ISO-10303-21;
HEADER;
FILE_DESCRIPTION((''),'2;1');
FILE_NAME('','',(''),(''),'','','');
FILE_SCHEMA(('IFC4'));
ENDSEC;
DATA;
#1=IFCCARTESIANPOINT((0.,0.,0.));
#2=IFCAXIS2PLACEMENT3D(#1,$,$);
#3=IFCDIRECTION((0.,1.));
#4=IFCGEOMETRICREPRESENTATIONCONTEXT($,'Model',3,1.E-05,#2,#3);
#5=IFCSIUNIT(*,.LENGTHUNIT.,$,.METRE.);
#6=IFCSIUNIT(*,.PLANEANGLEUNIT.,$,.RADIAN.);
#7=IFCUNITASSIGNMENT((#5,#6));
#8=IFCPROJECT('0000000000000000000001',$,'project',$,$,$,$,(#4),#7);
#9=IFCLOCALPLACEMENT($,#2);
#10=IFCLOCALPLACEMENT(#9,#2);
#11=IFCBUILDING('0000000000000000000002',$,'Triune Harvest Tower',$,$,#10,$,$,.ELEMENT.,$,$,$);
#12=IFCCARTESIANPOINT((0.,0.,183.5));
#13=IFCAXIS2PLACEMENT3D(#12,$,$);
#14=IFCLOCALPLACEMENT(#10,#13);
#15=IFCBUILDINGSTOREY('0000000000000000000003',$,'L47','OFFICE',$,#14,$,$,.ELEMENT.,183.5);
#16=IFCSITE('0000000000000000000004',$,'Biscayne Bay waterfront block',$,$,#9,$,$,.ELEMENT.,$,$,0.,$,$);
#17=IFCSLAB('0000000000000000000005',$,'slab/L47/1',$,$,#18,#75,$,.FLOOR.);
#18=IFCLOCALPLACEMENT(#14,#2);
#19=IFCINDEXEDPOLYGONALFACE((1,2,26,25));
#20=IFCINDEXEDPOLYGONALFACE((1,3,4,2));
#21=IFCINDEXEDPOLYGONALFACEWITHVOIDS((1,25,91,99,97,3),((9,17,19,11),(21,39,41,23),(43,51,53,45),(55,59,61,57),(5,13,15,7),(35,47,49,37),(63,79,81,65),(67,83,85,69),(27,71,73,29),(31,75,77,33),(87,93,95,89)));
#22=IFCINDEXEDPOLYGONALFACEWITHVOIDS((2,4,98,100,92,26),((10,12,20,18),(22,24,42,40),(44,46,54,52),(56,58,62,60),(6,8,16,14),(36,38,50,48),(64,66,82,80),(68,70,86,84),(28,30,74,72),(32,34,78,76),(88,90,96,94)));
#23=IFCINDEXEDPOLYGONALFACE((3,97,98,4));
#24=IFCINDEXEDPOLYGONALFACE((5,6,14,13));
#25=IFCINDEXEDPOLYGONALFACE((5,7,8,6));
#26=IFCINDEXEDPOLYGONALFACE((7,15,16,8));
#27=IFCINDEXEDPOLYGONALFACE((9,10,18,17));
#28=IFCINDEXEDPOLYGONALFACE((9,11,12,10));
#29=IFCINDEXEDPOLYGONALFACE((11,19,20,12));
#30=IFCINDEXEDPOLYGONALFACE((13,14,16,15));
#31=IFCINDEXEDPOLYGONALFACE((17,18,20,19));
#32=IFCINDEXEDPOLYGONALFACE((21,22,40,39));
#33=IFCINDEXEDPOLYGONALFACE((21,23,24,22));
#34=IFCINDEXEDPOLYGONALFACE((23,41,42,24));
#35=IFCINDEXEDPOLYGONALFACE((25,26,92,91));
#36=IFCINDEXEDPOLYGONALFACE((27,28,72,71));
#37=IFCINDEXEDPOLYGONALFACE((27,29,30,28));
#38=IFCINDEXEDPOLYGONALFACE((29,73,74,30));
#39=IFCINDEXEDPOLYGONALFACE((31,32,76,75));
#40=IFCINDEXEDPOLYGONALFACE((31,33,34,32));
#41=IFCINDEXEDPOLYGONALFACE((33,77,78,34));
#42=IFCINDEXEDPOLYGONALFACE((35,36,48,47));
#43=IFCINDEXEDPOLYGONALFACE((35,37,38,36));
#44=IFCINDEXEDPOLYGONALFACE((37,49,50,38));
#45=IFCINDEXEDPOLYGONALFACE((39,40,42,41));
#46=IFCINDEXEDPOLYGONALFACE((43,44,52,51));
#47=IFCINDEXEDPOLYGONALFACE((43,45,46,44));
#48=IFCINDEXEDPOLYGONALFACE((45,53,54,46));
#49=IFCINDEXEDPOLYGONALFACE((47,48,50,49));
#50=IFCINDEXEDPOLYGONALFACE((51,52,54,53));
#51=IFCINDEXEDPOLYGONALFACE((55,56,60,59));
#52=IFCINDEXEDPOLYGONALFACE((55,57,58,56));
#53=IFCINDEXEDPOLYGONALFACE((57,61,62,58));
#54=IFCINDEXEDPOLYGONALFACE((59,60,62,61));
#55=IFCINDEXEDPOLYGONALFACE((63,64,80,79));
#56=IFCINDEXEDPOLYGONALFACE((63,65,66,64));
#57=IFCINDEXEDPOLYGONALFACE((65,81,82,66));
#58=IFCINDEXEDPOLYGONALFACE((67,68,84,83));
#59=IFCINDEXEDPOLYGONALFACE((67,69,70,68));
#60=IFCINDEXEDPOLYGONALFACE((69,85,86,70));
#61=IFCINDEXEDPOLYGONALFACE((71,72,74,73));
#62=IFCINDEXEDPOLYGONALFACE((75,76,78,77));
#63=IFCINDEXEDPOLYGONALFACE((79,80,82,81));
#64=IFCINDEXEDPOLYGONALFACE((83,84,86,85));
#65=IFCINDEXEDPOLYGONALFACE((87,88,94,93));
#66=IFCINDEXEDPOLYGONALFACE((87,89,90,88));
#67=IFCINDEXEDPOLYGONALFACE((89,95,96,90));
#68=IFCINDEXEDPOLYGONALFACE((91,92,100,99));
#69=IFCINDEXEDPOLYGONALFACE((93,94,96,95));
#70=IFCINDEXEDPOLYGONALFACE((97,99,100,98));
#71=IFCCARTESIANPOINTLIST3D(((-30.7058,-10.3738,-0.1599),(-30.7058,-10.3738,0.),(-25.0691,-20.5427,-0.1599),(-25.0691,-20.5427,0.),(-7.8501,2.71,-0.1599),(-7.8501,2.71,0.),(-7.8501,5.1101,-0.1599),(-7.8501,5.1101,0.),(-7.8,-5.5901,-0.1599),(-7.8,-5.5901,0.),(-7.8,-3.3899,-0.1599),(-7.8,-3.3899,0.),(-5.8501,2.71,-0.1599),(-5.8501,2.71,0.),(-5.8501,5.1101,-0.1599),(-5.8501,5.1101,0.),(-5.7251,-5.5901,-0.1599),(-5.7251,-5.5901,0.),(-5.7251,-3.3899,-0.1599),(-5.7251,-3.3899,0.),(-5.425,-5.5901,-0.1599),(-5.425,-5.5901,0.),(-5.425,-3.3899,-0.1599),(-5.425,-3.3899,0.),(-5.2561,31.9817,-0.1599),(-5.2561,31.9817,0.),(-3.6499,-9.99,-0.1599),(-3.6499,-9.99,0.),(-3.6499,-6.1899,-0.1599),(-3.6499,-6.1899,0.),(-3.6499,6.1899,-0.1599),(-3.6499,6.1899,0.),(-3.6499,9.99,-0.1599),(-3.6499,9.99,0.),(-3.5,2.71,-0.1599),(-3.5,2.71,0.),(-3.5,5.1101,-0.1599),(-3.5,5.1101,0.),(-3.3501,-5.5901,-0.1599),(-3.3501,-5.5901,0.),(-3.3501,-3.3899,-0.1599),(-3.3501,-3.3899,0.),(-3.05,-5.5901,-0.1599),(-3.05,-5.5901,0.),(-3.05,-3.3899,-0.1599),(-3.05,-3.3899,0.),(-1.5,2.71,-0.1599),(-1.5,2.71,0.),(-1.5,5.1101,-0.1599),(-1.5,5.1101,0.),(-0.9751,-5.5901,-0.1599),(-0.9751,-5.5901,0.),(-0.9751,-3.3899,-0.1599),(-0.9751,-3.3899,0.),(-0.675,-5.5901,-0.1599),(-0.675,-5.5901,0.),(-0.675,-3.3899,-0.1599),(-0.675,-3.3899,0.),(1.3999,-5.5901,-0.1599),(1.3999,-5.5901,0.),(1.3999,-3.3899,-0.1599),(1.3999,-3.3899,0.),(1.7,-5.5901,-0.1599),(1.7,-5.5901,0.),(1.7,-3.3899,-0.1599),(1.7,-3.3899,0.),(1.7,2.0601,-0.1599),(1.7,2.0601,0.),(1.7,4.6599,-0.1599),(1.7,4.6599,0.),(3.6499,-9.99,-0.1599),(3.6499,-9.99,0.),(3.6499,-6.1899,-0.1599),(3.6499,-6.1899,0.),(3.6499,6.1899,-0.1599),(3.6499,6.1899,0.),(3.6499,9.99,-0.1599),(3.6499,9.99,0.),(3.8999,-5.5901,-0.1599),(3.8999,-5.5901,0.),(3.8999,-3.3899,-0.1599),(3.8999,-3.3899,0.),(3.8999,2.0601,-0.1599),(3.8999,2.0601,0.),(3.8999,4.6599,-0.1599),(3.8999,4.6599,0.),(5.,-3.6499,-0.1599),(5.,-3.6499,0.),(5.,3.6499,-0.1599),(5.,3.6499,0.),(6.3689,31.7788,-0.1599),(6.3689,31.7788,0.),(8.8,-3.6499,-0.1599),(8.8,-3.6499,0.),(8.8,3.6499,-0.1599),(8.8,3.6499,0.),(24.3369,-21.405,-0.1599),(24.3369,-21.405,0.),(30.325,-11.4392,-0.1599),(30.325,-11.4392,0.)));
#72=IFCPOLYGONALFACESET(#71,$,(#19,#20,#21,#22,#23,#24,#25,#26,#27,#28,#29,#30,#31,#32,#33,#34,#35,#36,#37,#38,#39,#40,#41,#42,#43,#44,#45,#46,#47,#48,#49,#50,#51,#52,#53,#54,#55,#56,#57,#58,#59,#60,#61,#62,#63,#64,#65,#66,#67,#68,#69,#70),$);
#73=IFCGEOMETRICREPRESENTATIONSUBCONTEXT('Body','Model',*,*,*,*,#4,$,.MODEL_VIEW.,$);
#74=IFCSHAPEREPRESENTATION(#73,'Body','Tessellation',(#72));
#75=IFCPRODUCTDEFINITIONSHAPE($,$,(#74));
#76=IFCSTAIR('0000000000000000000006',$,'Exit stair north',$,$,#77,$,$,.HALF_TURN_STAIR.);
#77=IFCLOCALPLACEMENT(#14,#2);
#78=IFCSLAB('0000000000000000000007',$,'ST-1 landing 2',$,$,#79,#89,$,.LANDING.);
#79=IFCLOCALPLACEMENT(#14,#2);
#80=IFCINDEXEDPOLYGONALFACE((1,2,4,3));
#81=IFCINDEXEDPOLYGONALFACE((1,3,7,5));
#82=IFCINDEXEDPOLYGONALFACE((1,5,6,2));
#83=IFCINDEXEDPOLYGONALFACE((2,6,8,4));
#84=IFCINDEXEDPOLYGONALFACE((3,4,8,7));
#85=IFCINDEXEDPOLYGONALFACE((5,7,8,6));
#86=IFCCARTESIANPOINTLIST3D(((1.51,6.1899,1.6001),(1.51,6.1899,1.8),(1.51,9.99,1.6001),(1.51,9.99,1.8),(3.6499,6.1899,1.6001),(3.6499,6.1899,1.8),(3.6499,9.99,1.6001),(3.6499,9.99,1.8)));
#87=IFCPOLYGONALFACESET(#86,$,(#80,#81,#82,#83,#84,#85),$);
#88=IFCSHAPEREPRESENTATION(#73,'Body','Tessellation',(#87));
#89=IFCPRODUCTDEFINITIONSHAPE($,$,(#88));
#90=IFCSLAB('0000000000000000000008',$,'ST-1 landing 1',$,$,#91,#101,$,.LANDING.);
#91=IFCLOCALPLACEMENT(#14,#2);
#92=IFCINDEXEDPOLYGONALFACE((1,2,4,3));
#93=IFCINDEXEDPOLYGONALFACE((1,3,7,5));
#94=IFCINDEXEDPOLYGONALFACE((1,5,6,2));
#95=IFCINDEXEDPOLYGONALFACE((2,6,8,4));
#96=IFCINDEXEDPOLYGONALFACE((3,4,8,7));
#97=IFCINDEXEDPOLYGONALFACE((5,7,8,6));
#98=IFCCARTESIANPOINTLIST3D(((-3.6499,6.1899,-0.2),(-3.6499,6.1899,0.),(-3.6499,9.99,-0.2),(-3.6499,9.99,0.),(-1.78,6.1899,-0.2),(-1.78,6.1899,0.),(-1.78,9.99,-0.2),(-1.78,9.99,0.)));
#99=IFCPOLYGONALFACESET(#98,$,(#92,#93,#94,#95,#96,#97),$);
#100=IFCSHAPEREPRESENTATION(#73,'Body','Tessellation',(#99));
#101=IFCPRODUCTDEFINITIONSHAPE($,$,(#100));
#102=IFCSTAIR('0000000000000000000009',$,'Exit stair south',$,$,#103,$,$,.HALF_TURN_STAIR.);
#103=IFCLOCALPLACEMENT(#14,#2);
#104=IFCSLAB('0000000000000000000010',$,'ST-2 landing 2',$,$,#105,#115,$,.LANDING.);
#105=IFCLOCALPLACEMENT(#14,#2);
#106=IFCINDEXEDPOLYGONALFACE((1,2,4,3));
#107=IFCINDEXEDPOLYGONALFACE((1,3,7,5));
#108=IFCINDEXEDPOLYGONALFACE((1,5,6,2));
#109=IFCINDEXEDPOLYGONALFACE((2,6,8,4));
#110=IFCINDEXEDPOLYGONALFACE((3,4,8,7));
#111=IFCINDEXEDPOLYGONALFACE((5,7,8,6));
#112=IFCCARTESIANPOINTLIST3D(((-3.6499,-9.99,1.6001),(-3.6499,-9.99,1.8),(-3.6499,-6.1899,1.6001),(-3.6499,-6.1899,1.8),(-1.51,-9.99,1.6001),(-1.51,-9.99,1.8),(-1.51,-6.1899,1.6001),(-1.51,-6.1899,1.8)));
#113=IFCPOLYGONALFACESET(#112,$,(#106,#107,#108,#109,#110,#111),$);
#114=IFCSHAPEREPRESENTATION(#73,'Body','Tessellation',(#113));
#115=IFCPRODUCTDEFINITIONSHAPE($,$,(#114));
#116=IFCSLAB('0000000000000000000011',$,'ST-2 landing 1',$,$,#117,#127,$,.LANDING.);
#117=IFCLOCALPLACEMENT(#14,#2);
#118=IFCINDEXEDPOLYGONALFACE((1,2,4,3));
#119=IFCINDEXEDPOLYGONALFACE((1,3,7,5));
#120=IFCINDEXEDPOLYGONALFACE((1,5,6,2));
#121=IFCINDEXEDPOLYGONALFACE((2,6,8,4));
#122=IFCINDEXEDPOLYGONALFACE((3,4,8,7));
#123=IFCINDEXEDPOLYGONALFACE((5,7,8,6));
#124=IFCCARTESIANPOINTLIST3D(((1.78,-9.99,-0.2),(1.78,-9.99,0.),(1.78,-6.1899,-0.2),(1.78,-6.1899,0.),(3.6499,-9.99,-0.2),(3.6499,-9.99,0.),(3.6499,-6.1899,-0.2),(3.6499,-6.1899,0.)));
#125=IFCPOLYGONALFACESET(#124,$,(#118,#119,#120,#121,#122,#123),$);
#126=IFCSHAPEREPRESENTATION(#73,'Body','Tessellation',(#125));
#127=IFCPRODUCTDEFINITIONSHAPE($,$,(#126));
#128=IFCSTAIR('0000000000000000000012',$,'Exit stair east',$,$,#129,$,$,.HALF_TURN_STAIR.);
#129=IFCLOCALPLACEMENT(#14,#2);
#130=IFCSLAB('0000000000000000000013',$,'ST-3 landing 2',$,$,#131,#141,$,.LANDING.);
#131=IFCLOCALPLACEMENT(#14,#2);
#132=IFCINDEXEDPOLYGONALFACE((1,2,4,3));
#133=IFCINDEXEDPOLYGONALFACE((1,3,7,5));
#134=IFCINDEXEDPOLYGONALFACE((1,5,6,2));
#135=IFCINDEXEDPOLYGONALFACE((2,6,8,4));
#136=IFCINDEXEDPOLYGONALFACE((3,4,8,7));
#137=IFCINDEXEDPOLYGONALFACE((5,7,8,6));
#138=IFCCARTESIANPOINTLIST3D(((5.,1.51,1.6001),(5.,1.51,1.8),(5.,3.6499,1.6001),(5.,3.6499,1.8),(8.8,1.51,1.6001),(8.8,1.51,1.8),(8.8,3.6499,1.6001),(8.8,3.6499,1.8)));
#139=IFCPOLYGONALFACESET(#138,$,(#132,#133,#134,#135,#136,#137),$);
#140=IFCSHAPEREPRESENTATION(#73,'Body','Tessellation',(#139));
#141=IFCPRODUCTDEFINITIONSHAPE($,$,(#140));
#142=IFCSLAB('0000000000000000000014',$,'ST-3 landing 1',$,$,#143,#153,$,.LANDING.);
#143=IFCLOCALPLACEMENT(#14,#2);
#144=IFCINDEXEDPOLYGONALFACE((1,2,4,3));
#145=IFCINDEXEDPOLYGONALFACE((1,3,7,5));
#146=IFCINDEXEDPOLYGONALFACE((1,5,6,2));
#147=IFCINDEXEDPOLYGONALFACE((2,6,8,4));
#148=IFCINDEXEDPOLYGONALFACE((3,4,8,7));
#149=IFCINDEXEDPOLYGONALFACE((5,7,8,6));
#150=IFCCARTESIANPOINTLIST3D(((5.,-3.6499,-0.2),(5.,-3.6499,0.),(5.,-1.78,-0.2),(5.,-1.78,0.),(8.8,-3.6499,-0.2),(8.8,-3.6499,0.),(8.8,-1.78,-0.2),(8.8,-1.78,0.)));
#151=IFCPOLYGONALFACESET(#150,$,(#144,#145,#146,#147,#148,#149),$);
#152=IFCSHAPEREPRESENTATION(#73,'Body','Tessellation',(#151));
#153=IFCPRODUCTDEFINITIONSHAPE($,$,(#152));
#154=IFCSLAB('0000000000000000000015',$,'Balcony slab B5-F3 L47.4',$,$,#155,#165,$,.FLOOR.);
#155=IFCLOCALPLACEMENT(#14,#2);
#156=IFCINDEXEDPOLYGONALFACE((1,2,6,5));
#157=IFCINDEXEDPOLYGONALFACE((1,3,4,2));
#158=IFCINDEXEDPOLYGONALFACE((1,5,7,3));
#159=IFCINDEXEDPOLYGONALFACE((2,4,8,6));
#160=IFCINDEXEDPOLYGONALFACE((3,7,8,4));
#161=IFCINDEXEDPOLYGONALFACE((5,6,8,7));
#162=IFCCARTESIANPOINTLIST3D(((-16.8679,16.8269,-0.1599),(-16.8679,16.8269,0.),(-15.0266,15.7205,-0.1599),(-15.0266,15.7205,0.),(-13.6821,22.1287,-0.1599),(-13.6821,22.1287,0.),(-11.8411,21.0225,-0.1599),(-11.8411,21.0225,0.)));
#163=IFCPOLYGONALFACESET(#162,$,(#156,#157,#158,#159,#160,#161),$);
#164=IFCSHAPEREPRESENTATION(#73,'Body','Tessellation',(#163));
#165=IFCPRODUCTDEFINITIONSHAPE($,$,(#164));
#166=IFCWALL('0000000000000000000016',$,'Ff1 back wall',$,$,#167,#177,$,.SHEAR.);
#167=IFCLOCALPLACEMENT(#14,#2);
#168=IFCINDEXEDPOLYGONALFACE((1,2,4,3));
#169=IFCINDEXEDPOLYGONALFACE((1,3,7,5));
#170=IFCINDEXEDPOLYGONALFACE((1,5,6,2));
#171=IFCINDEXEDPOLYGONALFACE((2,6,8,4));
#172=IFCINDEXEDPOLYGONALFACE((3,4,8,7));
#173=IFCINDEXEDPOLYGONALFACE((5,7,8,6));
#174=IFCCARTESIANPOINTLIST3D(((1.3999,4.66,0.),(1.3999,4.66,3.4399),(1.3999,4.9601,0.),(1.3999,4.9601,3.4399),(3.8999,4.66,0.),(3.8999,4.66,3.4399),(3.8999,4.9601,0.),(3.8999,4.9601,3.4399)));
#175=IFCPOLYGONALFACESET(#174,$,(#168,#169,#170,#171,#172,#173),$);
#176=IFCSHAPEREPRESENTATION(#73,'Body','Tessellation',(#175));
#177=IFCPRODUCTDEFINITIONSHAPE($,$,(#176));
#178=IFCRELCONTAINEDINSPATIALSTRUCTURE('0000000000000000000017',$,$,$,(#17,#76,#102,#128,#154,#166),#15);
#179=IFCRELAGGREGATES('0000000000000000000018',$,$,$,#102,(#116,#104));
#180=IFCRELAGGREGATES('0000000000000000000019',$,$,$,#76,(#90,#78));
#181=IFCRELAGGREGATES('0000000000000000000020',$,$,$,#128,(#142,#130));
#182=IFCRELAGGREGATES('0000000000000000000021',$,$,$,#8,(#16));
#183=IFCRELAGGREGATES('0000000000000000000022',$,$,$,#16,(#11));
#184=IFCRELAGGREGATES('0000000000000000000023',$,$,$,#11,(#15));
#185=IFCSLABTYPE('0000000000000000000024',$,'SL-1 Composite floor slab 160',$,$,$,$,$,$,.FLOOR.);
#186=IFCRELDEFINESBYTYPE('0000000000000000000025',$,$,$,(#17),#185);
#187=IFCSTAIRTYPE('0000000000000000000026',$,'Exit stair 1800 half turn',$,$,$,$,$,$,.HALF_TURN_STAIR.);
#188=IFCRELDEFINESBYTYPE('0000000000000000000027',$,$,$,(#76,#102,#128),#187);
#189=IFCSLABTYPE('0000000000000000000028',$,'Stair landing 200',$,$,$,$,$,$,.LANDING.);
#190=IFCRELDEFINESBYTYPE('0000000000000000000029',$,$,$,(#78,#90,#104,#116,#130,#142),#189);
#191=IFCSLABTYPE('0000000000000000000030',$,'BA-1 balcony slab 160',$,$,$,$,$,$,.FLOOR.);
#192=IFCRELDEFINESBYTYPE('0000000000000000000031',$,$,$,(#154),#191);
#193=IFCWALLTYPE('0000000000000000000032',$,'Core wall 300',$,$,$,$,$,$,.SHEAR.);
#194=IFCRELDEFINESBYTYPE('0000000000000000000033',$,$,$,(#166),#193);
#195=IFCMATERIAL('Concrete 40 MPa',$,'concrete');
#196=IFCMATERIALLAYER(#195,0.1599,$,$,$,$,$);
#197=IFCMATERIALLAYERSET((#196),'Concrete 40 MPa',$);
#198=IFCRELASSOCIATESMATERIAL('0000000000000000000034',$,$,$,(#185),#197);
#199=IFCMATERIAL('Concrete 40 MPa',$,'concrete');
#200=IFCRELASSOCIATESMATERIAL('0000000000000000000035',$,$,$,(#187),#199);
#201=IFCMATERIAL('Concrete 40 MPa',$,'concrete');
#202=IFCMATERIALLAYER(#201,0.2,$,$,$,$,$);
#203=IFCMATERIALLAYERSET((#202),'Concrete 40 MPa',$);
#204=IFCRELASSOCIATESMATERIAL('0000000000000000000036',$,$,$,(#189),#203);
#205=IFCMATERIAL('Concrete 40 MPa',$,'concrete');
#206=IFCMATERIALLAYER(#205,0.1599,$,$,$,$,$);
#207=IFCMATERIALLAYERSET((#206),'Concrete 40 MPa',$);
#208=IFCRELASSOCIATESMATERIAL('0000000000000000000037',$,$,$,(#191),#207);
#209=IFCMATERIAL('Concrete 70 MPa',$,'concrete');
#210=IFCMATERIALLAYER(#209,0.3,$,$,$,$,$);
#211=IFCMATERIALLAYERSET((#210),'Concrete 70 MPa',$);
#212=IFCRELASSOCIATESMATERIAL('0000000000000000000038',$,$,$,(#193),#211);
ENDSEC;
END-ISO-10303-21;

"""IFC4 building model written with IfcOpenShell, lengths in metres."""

from ifc_helpers import new_model, si_unit, direction, frame, frame_2d, origin, place, context, subcontext, project, spatial, polyline, rectangle, outline, extrude, source, transform, mapped, material, layer, layer_set, type_object, element, aggregate, save


model = new_model("IFC4")

# Units and contexts
model_context = context("Model", 3, precision=1e-05, world=origin(), true_north=direction((0.0, 1.0)))
body_context = subcontext(model_context, "Body", "Model", "MODEL_VIEW")
ifc_project = project(units=[si_unit("LENGTHUNIT", "METRE"), si_unit("PLANEANGLEUNIT", "RADIAN")], contexts=[model_context])

# Site, building, storey
site_placement = place(None, origin())
site = spatial("IfcSite", under=ifc_project, at=site_placement, Name="Biscayne Bay waterfront block", CompositionType="ELEMENT", RefElevation=0.0)
building_placement = place(site_placement, origin())
building = spatial("IfcBuilding", under=site, at=building_placement, Name="Triune Harvest Tower", CompositionType="ELEMENT")
storey_placement = place(building_placement, frame((0.0, 0.0, 183.5)))
storey = spatial("IfcBuildingStorey", under=building, at=storey_placement, Name="L47", Description="OFFICE", CompositionType="ELEMENT", Elevation=183.5)

# Slab
ifc_material_1 = material(Name="Concrete 40 MPa", Category="concrete")
ifc_layer_1 = layer(ifc_material_1, 0.1599)
ifc_layer_set_1 = layer_set([ifc_layer_1], Name="Concrete 40 MPa")
slab_type_1 = type_object("IfcSlabType", Name="SL-1 Composite floor slab 160", PredefinedType="FLOOR", material=ifc_layer_set_1)
shared_shape_1 = source(origin(), body_context, "Body", "SweptSolid", [
    extrude(outline(polyline([(30.325, -11.4392), (6.3689, 31.7788), (-5.2561, 31.9817), (-30.7058, -10.3738), (-25.0691, -20.5427), (24.3369, -21.405), (30.325, -11.4392)]), holes=[polyline([(-5.7251, -5.5901), (-5.7251, -3.3899), (-7.8, -3.3899), (-7.8, -5.5901), (-5.7251, -5.5901)]), polyline([(-3.3501, -5.5901), (-3.3501, -3.3899), (-5.425, -3.3899), (-5.425, -5.5901), (-3.3501, -5.5901)]), polyline([(-0.9751, -5.5901), (-0.9751, -3.3899), (-3.05, -3.3899), (-3.05, -5.5901), (-0.9751, -5.5901)]), polyline([(1.3999, -5.5901), (1.3999, -3.3899), (-0.675, -3.3899), (-0.675, -5.5901), (1.3999, -5.5901)]), polyline([(3.8999, 2.0601), (3.8999, 4.6599), (1.7, 4.6599), (1.7, 2.0601), (3.8999, 2.0601)]), polyline([(3.8999, -5.5901), (3.8999, -3.3899), (1.7, -3.3899), (1.7, -5.5901), (3.8999, -5.5901)]), polyline([(-5.8501, 2.71), (-5.8501, 5.1101), (-7.8501, 5.1101), (-7.8501, 2.71), (-5.8501, 2.71)]), polyline([(-1.5, 2.71), (-1.5, 5.1101), (-3.5, 5.1101), (-3.5, 2.71), (-1.5, 2.71)]), polyline([(3.6499, 6.1899), (3.6499, 9.99), (-3.6499, 9.99), (-3.6499, 6.1899), (3.6499, 6.1899)]), polyline([(3.6499, -9.99), (3.6499, -6.1899), (-3.6499, -6.1899), (-3.6499, -9.99), (3.6499, -9.99)]), polyline([(8.8, -3.6499), (8.8, 3.6499), (5.0, 3.6499), (5.0, -3.6499), (8.8, -3.6499)])]), origin(), (0.0, 0.0, 1.0), 0.1599),
])
slab_1_placement = place(storey_placement, frame((0.0, 0.0, -0.1599)))
element("IfcSlab", 1, at=slab_1_placement, inside=storey, type_object=slab_type_1, Name="slab/L47/1", PredefinedType="FLOOR", context=body_context, shape_type="MappedRepresentation", body=[
    mapped(shared_shape_1, transform((0.0, 0.0, 0.0), scale=1.0)),
])

# Stairs, slabs
ifc_material_2 = material(Name="Concrete 40 MPa", Category="concrete")
stair_type = type_object("IfcStairType", Name="Exit stair 1800 half turn", PredefinedType="HALF_TURN_STAIR", material=ifc_material_2)
stair_1_placement = place(storey_placement, origin())
stair_1 = element("IfcStair", 2, at=stair_1_placement, inside=storey, type_object=stair_type, Name="Exit stair north", PredefinedType="HALF_TURN_STAIR")
ifc_material_3 = material(Name="Concrete 40 MPa", Category="concrete")
ifc_layer_2 = layer(ifc_material_3, 0.2)
ifc_layer_set_2 = layer_set([ifc_layer_2], Name="Concrete 40 MPa")
slab_type_2 = type_object("IfcSlabType", Name="Stair landing 200", PredefinedType="LANDING", material=ifc_layer_set_2)
shared_shape_2 = source(origin(), body_context, "Body", "SweptSolid", [
    extrude(outline(polyline([(1.51, 6.1899), (3.6499, 6.1899), (3.6499, 9.99), (1.51, 9.99), (1.51, 6.1899)])), origin(), (0.0, 0.0, 1.0), 0.2),
])
slab_2_placement = place(storey_placement, frame((0.0, 0.0, 1.6001)))
slab_2 = element("IfcSlab", 3, at=slab_2_placement, type_object=slab_type_2, Name="ST-1 landing 2", PredefinedType="LANDING", context=body_context, shape_type="MappedRepresentation", body=[
    mapped(shared_shape_2, transform((0.0, 0.0, 0.0), scale=1.0)),
])
shared_shape_3 = source(origin(), body_context, "Body", "SweptSolid", [
    extrude(outline(polyline([(-3.6499, 6.1899), (-1.78, 6.1899), (-1.78, 9.99), (-3.6499, 9.99), (-3.6499, 6.1899)])), origin(), (0.0, 0.0, 1.0), 0.2),
])
slab_3_placement = place(storey_placement, frame((0.0, 0.0, -0.2)))
slab_3 = element("IfcSlab", 4, at=slab_3_placement, type_object=slab_type_2, Name="ST-1 landing 1", PredefinedType="LANDING", context=body_context, shape_type="MappedRepresentation", body=[
    mapped(shared_shape_3, transform((0.0, 0.0, 0.0), scale=1.0)),
])
stair_2_placement = place(storey_placement, origin())
stair_2 = element("IfcStair", 5, at=stair_2_placement, inside=storey, type_object=stair_type, Name="Exit stair south", PredefinedType="HALF_TURN_STAIR")
shared_shape_4 = source(origin(), body_context, "Body", "SweptSolid", [
    extrude(outline(polyline([(-1.51, -6.1899), (-3.6499, -6.1899), (-3.6499, -9.99), (-1.51, -9.99), (-1.51, -6.1899)])), origin(), (0.0, 0.0, 1.0), 0.2),
])
slab_4_placement = place(storey_placement, frame((0.0, 0.0, 1.6001)))
slab_4 = element("IfcSlab", 6, at=slab_4_placement, type_object=slab_type_2, Name="ST-2 landing 2", PredefinedType="LANDING", context=body_context, shape_type="MappedRepresentation", body=[
    mapped(shared_shape_4, transform((0.0, 0.0, 0.0), scale=1.0)),
])
shared_shape_5 = source(origin(), body_context, "Body", "SweptSolid", [
    extrude(outline(polyline([(3.6499, -6.1899), (1.78, -6.1899), (1.78, -9.99), (3.6499, -9.99), (3.6499, -6.1899)])), origin(), (0.0, 0.0, 1.0), 0.2),
])
slab_5_placement = place(storey_placement, frame((0.0, 0.0, -0.2)))
slab_5 = element("IfcSlab", 7, at=slab_5_placement, type_object=slab_type_2, Name="ST-2 landing 1", PredefinedType="LANDING", context=body_context, shape_type="MappedRepresentation", body=[
    mapped(shared_shape_5, transform((0.0, 0.0, 0.0), scale=1.0)),
])
aggregate(stair_2, [slab_5, slab_4])
stair_3_placement = place(storey_placement, origin())
stair_3 = element("IfcStair", 8, at=stair_3_placement, inside=storey, type_object=stair_type, Name="Exit stair east", PredefinedType="HALF_TURN_STAIR")
shared_shape_6 = source(origin(), body_context, "Body", "SweptSolid", [
    extrude(outline(polyline([(8.8, 1.51), (8.8, 3.6499), (5.0, 3.6499), (5.0, 1.51), (8.8, 1.51)])), origin(), (0.0, 0.0, 1.0), 0.2),
])
slab_6_placement = place(storey_placement, frame((0.0, 0.0, 1.6001)))
slab_6 = element("IfcSlab", 9, at=slab_6_placement, type_object=slab_type_2, Name="ST-3 landing 2", PredefinedType="LANDING", context=body_context, shape_type="MappedRepresentation", body=[
    mapped(shared_shape_6, transform((0.0, 0.0, 0.0), scale=1.0)),
])
shared_shape_7 = source(origin(), body_context, "Body", "SweptSolid", [
    extrude(outline(polyline([(8.8, -3.6499), (8.8, -1.78), (5.0, -1.78), (5.0, -3.6499), (8.8, -3.6499)])), origin(), (0.0, 0.0, 1.0), 0.2),
])
slab_7_placement = place(storey_placement, frame((0.0, 0.0, -0.2)))
slab_7 = element("IfcSlab", 10, at=slab_7_placement, type_object=slab_type_2, Name="ST-3 landing 1", PredefinedType="LANDING", context=body_context, shape_type="MappedRepresentation", body=[
    mapped(shared_shape_7, transform((0.0, 0.0, 0.0), scale=1.0)),
])

# Slab
ifc_material_4 = material(Name="Concrete 40 MPa", Category="concrete")
ifc_layer_3 = layer(ifc_material_4, 0.1599)
ifc_layer_set_3 = layer_set([ifc_layer_3], Name="Concrete 40 MPa")
slab_type_3 = type_object("IfcSlabType", Name="BA-1 balcony slab 160", PredefinedType="FLOOR", material=ifc_layer_set_3)
shared_shape_8 = source(origin(), body_context, "Body", "SweptSolid", [
    extrude(outline(polyline([(-11.8411, 21.0225), (-15.0266, 15.7205), (-16.8679, 16.8269), (-13.6821, 22.1287), (-11.8411, 21.0225)])), origin(), (0.0, 0.0, 1.0), 0.1599),
])
slab_8_placement = place(storey_placement, frame((0.0, 0.0, -0.1599)))
element("IfcSlab", 11, at=slab_8_placement, inside=storey, type_object=slab_type_3, Name="Balcony slab B5-F3 L47.4", PredefinedType="FLOOR", context=body_context, shape_type="MappedRepresentation", body=[
    mapped(shared_shape_8, transform((0.0, 0.0, 0.0), scale=1.0)),
])

# Wall
ifc_material_5 = material(Name="Concrete 70 MPa", Category="concrete")
ifc_layer_4 = layer(ifc_material_5, 0.3)
ifc_layer_set_4 = layer_set([ifc_layer_4], Name="Concrete 70 MPa")
wall_type_1 = type_object("IfcWallType", Name="Core wall 300", PredefinedType="SHEAR", material=ifc_layer_set_4)
shared_shape_9 = source(origin(), body_context, "Body", "SweptSolid", [
    extrude(rectangle(XDim=2.5, YDim=0.3, at=frame_2d((1.25, 0.0))), origin(), (0.0, 0.0, 1.0), 3.4399),
])
wall_1_placement = place(storey_placement, frame((1.3999, 4.8101, 0.0), z_axis=(0.0, 0.0, 1.0), x_axis=(1.0, 0.0, 0.0)))
element("IfcWall", 12, at=wall_1_placement, inside=storey, type_object=wall_type_1, Name="Ff1 back wall", PredefinedType="SHEAR", context=body_context, shape_type="MappedRepresentation", body=[
    mapped(shared_shape_9, transform((0.0, 0.0, 0.0), scale=1.0)),
])

aggregate(stair_1, [slab_3, slab_2])
aggregate(stair_3, [slab_7, slab_6])

save(model, "model.ifc")
